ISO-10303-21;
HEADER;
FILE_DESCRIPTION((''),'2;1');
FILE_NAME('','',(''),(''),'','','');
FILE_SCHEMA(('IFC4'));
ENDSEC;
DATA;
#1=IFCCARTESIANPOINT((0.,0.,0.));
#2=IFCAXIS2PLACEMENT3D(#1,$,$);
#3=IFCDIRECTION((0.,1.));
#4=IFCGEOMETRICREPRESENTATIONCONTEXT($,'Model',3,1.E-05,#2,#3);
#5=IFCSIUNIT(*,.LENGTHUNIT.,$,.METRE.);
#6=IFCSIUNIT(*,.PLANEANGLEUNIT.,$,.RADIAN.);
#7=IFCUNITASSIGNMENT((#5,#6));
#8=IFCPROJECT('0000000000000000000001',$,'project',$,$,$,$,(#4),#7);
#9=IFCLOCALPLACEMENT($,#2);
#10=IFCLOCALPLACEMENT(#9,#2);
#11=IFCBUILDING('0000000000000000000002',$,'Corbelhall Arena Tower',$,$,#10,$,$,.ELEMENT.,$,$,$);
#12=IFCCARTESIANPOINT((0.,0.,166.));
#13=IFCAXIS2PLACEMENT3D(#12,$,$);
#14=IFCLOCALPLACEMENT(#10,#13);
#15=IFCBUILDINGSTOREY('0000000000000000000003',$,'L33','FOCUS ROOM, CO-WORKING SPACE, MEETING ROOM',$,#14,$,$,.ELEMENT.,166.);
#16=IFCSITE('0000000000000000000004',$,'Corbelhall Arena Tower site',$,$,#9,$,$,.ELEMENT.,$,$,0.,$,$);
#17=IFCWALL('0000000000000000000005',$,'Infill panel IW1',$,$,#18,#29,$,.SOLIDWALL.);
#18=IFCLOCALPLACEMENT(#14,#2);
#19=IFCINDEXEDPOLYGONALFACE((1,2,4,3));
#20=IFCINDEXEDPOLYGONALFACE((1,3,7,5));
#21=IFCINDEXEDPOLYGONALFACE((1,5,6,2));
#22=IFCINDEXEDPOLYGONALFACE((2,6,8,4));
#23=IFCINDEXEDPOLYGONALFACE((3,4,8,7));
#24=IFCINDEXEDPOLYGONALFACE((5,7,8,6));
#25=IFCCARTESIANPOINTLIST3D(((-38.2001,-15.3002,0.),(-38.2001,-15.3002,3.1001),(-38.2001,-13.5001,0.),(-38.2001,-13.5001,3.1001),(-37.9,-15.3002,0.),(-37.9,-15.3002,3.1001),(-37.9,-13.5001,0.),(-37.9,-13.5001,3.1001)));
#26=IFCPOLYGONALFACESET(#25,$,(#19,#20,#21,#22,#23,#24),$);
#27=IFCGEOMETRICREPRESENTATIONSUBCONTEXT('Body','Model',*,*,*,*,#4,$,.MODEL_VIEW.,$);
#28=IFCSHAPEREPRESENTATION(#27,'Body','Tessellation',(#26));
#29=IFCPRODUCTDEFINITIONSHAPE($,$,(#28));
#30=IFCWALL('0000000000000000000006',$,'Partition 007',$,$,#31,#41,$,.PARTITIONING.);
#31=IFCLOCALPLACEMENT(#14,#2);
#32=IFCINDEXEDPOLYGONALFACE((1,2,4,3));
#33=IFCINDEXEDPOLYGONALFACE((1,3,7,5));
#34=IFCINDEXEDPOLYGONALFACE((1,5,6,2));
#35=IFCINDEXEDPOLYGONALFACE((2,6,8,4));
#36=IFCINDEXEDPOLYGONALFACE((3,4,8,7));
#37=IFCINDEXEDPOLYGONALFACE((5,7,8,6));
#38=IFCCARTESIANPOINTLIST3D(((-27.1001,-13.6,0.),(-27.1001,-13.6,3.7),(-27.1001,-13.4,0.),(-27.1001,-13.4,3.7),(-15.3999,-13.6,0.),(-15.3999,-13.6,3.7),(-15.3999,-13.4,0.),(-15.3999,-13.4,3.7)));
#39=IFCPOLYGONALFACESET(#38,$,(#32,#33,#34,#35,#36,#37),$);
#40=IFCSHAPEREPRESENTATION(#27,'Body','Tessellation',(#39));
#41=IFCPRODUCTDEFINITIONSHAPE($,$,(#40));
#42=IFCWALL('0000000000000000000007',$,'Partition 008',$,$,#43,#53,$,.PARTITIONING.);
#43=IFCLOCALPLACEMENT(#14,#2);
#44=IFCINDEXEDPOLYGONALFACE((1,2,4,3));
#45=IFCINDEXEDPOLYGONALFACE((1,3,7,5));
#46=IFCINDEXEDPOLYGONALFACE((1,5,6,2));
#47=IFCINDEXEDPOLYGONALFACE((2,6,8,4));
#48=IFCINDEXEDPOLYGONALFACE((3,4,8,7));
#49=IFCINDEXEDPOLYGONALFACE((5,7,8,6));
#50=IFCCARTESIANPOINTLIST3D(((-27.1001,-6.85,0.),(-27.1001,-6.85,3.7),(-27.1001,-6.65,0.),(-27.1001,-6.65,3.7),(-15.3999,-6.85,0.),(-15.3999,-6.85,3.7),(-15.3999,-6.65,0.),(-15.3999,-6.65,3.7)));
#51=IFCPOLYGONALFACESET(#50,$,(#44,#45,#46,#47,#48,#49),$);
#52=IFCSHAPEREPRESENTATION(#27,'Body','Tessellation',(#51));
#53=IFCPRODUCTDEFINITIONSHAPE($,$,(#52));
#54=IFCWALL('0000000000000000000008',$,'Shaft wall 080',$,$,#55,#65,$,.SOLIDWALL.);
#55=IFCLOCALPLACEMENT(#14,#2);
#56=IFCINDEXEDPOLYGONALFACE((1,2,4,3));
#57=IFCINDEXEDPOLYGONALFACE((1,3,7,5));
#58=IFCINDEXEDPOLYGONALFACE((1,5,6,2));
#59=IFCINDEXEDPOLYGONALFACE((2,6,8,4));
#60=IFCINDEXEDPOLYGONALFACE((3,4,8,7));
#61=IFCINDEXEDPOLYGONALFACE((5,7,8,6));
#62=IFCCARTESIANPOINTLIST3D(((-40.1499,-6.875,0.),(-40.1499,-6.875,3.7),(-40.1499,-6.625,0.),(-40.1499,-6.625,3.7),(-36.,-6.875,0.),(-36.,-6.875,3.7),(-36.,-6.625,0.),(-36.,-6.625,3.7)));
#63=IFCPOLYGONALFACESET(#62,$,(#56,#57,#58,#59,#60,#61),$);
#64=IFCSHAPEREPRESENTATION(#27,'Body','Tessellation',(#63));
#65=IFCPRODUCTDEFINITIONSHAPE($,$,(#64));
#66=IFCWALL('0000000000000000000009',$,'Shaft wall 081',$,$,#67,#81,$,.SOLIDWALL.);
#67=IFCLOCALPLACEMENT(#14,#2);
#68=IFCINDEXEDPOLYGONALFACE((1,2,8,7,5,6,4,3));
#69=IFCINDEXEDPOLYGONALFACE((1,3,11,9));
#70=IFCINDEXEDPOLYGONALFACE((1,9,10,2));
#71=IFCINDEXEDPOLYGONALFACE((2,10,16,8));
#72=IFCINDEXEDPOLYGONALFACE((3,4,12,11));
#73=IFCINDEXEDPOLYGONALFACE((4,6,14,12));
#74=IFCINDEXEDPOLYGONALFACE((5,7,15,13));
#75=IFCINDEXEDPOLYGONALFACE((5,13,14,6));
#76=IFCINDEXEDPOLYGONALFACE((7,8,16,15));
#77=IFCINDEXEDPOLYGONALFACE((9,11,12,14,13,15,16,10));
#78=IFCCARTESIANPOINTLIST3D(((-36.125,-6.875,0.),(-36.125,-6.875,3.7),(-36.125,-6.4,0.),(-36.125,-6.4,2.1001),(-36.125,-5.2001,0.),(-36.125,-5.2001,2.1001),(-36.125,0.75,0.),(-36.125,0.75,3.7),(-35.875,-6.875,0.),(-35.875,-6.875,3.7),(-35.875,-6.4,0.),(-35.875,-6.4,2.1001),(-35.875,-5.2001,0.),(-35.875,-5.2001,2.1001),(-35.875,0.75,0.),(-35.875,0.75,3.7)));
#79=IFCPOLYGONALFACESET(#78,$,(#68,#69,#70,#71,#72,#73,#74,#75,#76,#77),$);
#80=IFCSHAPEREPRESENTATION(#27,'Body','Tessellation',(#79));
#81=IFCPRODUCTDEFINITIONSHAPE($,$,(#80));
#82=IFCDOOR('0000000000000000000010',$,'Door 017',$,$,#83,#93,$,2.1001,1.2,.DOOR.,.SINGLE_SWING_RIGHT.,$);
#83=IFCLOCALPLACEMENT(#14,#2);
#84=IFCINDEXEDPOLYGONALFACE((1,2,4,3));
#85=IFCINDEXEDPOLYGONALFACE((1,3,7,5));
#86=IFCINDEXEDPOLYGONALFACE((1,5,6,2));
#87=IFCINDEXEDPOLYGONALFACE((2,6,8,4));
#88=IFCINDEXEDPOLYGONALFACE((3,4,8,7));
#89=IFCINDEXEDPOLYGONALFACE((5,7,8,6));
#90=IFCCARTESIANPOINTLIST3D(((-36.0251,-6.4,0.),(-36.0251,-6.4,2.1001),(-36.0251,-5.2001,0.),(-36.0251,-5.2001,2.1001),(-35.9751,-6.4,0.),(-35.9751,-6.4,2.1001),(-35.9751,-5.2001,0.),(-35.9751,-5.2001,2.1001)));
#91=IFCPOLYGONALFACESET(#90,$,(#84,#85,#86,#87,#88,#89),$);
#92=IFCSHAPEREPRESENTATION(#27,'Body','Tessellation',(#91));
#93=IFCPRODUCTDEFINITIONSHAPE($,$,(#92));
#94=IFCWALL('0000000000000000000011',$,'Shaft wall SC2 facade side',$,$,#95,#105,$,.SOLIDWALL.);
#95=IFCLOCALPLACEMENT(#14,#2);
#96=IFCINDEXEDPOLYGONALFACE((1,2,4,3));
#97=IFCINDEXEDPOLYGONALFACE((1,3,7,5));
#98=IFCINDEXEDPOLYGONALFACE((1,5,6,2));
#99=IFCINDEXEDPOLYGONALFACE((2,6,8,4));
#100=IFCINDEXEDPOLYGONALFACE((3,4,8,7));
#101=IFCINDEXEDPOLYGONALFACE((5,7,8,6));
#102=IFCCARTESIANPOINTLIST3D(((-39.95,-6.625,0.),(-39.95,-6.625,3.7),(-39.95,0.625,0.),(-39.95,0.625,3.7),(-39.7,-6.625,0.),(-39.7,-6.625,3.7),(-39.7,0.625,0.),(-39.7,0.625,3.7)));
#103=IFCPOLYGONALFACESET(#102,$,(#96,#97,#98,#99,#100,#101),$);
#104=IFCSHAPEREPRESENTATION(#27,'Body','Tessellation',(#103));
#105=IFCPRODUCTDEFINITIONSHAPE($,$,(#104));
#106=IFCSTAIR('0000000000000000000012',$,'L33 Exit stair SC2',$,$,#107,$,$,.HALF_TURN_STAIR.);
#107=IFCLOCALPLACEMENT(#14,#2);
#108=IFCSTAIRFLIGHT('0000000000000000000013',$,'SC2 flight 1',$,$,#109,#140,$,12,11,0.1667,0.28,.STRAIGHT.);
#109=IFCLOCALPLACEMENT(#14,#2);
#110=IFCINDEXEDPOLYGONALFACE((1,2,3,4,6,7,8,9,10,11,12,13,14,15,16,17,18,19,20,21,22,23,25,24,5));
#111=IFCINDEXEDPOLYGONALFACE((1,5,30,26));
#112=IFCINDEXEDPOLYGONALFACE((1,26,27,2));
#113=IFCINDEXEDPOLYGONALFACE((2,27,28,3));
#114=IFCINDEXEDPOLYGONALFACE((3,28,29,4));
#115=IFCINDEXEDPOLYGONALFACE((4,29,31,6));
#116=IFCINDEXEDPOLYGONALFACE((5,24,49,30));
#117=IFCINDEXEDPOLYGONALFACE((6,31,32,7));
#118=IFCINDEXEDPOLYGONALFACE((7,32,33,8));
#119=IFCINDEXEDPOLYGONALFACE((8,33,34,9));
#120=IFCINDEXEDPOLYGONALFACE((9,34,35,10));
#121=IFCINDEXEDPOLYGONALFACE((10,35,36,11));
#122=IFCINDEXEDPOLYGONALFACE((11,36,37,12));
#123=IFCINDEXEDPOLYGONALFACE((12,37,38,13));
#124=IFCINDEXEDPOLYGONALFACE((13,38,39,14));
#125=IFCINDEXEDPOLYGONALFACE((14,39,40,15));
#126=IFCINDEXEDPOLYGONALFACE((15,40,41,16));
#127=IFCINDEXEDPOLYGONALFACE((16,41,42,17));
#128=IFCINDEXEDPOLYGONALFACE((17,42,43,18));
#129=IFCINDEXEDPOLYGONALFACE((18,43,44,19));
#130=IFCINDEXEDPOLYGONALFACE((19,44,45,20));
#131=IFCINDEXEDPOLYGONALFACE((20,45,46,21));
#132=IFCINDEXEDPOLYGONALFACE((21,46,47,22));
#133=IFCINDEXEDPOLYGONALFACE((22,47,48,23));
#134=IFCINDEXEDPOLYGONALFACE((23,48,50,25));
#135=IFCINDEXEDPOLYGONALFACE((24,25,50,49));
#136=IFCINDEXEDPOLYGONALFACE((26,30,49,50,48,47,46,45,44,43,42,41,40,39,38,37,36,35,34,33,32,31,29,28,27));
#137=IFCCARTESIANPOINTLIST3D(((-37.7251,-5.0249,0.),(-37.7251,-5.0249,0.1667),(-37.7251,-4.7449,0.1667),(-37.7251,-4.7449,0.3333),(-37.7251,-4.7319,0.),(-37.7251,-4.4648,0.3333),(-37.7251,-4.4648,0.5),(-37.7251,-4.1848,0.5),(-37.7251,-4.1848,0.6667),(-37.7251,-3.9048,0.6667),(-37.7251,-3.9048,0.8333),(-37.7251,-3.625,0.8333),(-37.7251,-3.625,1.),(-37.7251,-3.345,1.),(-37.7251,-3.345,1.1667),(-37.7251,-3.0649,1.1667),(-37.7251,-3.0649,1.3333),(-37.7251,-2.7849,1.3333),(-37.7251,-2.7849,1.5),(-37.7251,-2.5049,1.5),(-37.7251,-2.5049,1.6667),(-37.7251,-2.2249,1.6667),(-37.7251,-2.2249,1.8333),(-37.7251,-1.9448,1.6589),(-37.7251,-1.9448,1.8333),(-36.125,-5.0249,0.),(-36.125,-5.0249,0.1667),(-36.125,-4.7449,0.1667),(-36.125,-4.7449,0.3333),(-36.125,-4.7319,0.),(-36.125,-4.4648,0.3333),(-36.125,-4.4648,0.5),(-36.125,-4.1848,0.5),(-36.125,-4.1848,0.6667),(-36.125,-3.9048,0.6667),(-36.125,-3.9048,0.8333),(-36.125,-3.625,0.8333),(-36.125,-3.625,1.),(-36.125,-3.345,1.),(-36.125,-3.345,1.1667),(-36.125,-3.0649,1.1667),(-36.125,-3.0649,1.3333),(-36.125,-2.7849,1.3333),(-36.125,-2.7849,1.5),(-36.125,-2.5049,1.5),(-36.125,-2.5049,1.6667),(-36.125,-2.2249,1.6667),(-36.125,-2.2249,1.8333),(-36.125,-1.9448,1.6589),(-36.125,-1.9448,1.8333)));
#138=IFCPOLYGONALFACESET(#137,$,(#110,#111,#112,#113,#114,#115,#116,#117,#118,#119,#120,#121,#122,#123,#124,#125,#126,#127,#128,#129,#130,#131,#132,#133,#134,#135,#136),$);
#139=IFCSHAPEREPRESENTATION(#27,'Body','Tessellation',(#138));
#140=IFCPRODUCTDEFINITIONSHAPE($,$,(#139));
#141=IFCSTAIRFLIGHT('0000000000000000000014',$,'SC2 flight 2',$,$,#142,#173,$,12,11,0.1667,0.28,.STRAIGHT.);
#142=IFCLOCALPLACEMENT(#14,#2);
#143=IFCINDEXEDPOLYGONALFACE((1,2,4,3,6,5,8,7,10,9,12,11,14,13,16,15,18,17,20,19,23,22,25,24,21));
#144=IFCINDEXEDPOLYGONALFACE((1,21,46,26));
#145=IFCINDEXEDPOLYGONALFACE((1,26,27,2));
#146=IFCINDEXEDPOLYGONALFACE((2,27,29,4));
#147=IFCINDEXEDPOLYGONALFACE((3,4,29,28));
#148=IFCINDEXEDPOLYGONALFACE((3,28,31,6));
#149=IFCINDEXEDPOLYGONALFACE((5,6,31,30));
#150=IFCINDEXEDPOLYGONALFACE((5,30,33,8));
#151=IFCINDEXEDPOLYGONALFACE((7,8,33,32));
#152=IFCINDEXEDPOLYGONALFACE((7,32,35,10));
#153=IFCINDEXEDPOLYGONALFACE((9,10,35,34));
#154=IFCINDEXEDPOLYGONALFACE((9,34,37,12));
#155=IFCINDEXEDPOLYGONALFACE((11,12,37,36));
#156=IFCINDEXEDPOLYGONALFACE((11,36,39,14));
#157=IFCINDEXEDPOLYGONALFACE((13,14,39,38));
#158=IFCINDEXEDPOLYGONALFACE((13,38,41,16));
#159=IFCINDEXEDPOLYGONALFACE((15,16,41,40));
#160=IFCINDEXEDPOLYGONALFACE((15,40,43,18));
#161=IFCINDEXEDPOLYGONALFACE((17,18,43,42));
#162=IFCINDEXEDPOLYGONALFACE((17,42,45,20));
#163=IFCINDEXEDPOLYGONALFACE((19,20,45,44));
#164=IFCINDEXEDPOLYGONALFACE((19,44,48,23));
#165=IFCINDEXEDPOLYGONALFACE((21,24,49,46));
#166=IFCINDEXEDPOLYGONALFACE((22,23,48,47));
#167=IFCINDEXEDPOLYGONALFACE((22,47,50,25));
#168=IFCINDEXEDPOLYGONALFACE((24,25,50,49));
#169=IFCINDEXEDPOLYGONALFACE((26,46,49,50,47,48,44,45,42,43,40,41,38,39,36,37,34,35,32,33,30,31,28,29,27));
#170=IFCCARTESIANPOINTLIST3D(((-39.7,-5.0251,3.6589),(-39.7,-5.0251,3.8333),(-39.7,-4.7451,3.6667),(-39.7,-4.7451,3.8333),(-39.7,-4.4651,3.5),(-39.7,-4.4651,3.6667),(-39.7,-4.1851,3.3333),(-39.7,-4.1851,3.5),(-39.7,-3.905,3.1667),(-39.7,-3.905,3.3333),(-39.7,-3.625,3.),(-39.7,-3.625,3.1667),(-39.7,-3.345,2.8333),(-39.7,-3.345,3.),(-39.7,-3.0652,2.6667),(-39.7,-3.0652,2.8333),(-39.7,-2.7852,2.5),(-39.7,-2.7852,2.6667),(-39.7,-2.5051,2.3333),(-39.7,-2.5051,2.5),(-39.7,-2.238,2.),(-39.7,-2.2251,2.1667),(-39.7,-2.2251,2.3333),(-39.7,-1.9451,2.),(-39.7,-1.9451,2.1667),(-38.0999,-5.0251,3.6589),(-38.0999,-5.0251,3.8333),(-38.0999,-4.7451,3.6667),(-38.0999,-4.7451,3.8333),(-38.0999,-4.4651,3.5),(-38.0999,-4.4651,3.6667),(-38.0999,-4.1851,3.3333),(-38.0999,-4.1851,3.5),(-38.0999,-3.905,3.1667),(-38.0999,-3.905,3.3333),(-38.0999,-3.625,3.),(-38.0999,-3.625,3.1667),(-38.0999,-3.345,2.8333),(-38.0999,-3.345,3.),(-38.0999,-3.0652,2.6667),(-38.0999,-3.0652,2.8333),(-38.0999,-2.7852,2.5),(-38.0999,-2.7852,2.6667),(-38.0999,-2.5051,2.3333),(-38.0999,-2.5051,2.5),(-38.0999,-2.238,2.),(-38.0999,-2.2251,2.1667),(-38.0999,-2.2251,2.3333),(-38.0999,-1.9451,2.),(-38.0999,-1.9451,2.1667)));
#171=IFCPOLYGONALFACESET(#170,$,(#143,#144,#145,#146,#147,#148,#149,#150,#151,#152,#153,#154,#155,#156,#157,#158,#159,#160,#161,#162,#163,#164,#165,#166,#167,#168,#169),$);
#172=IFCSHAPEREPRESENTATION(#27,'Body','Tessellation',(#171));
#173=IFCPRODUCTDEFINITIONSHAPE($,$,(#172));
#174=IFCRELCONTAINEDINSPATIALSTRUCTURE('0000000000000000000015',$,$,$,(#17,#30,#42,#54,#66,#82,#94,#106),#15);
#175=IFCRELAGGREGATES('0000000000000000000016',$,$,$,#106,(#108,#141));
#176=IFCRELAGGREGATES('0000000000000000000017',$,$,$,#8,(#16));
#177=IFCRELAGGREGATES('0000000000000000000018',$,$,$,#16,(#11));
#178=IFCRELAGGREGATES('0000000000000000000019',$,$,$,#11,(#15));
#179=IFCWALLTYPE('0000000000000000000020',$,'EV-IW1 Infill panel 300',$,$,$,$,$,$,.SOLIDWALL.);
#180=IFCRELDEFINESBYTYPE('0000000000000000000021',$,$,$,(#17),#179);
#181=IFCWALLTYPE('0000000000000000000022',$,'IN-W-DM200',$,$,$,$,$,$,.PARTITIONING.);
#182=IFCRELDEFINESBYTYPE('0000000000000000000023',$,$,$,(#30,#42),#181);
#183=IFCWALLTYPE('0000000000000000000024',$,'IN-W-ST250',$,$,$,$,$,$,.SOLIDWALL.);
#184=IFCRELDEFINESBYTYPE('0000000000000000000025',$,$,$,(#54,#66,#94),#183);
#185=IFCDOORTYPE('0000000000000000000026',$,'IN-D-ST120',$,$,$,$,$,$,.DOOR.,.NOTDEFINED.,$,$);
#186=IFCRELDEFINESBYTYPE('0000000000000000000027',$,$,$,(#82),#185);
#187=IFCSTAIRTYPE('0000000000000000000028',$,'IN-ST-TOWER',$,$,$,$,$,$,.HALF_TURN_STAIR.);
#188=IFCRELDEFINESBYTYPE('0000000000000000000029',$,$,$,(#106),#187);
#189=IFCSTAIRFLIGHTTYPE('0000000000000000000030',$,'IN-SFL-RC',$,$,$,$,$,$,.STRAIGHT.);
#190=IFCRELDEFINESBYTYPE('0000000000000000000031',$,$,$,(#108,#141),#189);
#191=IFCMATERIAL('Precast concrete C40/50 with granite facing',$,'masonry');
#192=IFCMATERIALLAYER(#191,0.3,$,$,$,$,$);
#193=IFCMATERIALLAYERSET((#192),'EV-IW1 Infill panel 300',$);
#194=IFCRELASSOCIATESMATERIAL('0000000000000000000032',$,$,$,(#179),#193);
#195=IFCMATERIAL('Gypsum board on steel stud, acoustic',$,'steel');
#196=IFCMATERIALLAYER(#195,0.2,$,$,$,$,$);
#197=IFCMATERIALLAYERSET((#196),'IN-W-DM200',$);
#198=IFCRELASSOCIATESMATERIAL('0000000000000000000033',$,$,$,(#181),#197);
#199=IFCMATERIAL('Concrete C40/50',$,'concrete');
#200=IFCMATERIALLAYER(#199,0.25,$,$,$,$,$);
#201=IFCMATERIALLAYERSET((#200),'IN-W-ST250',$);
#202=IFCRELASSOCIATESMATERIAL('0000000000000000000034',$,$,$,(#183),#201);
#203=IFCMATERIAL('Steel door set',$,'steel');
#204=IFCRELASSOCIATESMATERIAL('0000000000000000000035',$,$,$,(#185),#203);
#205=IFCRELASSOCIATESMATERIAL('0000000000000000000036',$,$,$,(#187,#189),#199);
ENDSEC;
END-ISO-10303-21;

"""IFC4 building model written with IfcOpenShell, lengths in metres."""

from ifc_helpers import new_model, si_unit, direction, frame, frame_2d, origin, place, context, subcontext, project, spatial, polyline, rectangle, outline, extrude, material, layer, layer_set, type_object, element, fill, aggregate, save


model = new_model("IFC4")

# Units and contexts
model_context = context("Model", 3, precision=1e-05, world=origin(), true_north=direction((0.0, 1.0)))
body_context = subcontext(model_context, "Body", "Model", "MODEL_VIEW")
ifc_project = project(units=[si_unit("LENGTHUNIT", "METRE"), si_unit("PLANEANGLEUNIT", "RADIAN")], contexts=[model_context])

# Site, building, storey
site_placement = place(None, origin())
site = spatial("IfcSite", under=ifc_project, at=site_placement, Name="Corbelhall Arena Tower site", CompositionType="ELEMENT", RefElevation=0.0)
building_placement = place(site_placement, origin())
building = spatial("IfcBuilding", under=site, at=building_placement, Name="Corbelhall Arena Tower", CompositionType="ELEMENT")
storey_placement = place(building_placement, frame((0.0, 0.0, 166.0)))
storey = spatial("IfcBuildingStorey", under=building, at=storey_placement, Name="L33", Description="FOCUS ROOM, CO-WORKING SPACE, MEETING ROOM", CompositionType="ELEMENT", Elevation=166.0)

# Wall
ifc_material_1 = material(Name="Precast concrete C40/50 with granite facing", Category="masonry")
ifc_layer_1 = layer(ifc_material_1, 0.3)
ifc_layer_set_1 = layer_set([ifc_layer_1], Name="EV-IW1 Infill panel 300")
wall_type_1 = type_object("IfcWallType", Name="EV-IW1 Infill panel 300", PredefinedType="SOLIDWALL", material=ifc_layer_set_1)
wall_1_placement = place(storey_placement, frame((-38.05, -15.3, 0.0), z_axis=(0.0, 0.0, 1.0), x_axis=(0.0, 1.0, 0.0)))
element("IfcWall", 1, at=wall_1_placement, inside=storey, type_object=wall_type_1, Name="Infill panel IW1", PredefinedType="SOLIDWALL", context=body_context, shape_type="SweptSolid", body=[
    extrude(rectangle(XDim=1.8, YDim=0.3, at=frame_2d((0.8999, 0.0))), origin(), (0.0, 0.0, 1.0), 3.1001),
])

# Shared definitions
ifc_material_2 = material(Name="Gypsum board on steel stud, acoustic", Category="steel")
ifc_layer_2 = layer(ifc_material_2, 0.2)
ifc_layer_set_2 = layer_set([ifc_layer_2], Name="IN-W-DM200")
wall_type_2 = type_object("IfcWallType", Name="IN-W-DM200", PredefinedType="PARTITIONING", material=ifc_layer_set_2)
ifc_material_3 = material(Name="Steel door set", Category="steel")

# Walls
for number, where, z_axis, x_axis, name in (
    (2, (-27.1001, -13.5, 0.0), (0.0, 0.0, 1.0), (1.0, 0.0, 0.0), "Partition 007"),
    (3, (-27.1001, -6.75, 0.0), (0.0, 0.0, 1.0), (1.0, 0.0, 0.0), "Partition 008"),
):
    element("IfcWall", number, at=place(storey_placement, frame(where, z_axis=z_axis, x_axis=x_axis)), inside=storey, type_object=wall_type_2, Name=name, PredefinedType="PARTITIONING", context=body_context, shape_type="SweptSolid", body=[
        extrude(rectangle(XDim=11.7002, YDim=0.2, at=frame_2d((5.8501, 0.0))), origin(), (0.0, 0.0, 1.0), 3.7),
    ])

# Wall
ifc_material_4 = material(Name="Concrete C40/50", Category="concrete")
ifc_layer_3 = layer(ifc_material_4, 0.25)
ifc_layer_set_3 = layer_set([ifc_layer_3], Name="IN-W-ST250")
wall_type_3 = type_object("IfcWallType", Name="IN-W-ST250", PredefinedType="SOLIDWALL", material=ifc_layer_set_3)
wall_2_placement = place(storey_placement, frame((-36.0, -6.75, 0.0), z_axis=(0.0, 0.0, 1.0), x_axis=(-1.0, 0.0, 0.0)))
element("IfcWall", 4, at=wall_2_placement, inside=storey, type_object=wall_type_3, Name="Shaft wall 080", PredefinedType="SOLIDWALL", context=body_context, shape_type="SweptSolid", body=[
    extrude(rectangle(XDim=4.1499, YDim=0.25, at=frame_2d((2.075, 0.0))), origin(), (0.0, 0.0, 1.0), 3.7),
])

# Wall, opening, door
wall_3_placement = place(storey_placement, frame((-36.0, 0.75, 0.0), z_axis=(0.0, 0.0, 1.0), x_axis=(0.0, -1.0, 0.0)))
wall_3 = element("IfcWall", 5, at=wall_3_placement, inside=storey, type_object=wall_type_3, Name="Shaft wall 081", PredefinedType="SOLIDWALL", context=body_context, shape_type="SweptSolid", body=[
    extrude(rectangle(XDim=7.625, YDim=0.25, at=frame_2d((3.8125, 0.0))), origin(), (0.0, 0.0, 1.0), 3.7),
])
opening_1_placement = place(wall_3_placement, frame((5.95, 0.0, 0.0)))
opening_1 = element("IfcOpeningElement", 6, at=opening_1_placement, cuts=wall_3, PredefinedType="OPENING", context=body_context, shape_type="SweptSolid", body=[
    extrude(rectangle(XDim=1.2, YDim=2.1001, at=frame_2d((0.6001, 1.05))), frame((0.0, 0.125, 0.0), z_axis=(0.0, -1.0, 0.0), x_axis=(1.0, 0.0, 0.0)), (0.0, 0.0, 1.0), 0.25),
])
door_type_1 = type_object("IfcDoorType", Name="IN-D-ST120", OperationType="NOTDEFINED", PredefinedType="DOOR", material=ifc_material_3)
door_1_placement = place(opening_1_placement, origin())
door_1 = element("IfcDoor", 7, at=door_1_placement, inside=storey, type_object=door_type_1, Name="Door 017", OperationType="SINGLE_SWING_RIGHT", OverallHeight=2.1001, OverallWidth=1.2, PredefinedType="DOOR", context=body_context, shape_type="SweptSolid", body=[
    extrude(rectangle(XDim=1.2, YDim=2.1001, at=frame_2d((0.6001, 1.05))), frame((0.0, 0.0249, 0.0), z_axis=(0.0, -1.0, 0.0), x_axis=(1.0, 0.0, 0.0)), (0.0, 0.0, 1.0), 0.05),
])
fill(opening_1, door_1)

# Wall
wall_4_placement = place(storey_placement, frame((-39.825, -6.625, 0.0), z_axis=(0.0, 0.0, 1.0), x_axis=(0.0, 1.0, 0.0)))
element("IfcWall", 8, at=wall_4_placement, inside=storey, type_object=wall_type_3, Name="Shaft wall SC2 facade side", PredefinedType="SOLIDWALL", context=body_context, shape_type="SweptSolid", body=[
    extrude(rectangle(XDim=7.25, YDim=0.25, at=frame_2d((3.625, 0.0))), origin(), (0.0, 0.0, 1.0), 3.7),
])

# Stair, stair flights
stair_type = type_object("IfcStairType", Name="IN-ST-TOWER", PredefinedType="HALF_TURN_STAIR", material=ifc_material_4)
stair_placement = place(storey_placement, origin())
stair = element("IfcStair", 9, at=stair_placement, inside=storey, type_object=stair_type, Name="L33 Exit stair SC2", PredefinedType="HALF_TURN_STAIR")
stair_flight_type = type_object("IfcStairFlightType", Name="IN-SFL-RC", PredefinedType="STRAIGHT", material=ifc_material_4)
stair_flight_1_placement = place(storey_placement, frame((-36.925, -5.0249, 0.0), z_axis=(0.0, 0.0, 1.0), x_axis=(0.0, 1.0, 0.0)))
stair_flight_1 = element("IfcStairFlight", 10, at=stair_flight_1_placement, type_object=stair_flight_type, Name="SC2 flight 1", NumberOfRisers=12, NumberOfTreads=11, PredefinedType="STRAIGHT", RiserHeight=0.1667, TreadLength=0.28, context=body_context, shape_type="SweptSolid", body=[
    extrude(outline(polyline([(0.0, 0.0), (0.0, 0.1667), (0.28, 0.1667), (0.28, 0.3333), (0.5601, 0.3333), (0.5601, 0.5), (0.8401, 0.5), (0.8401, 0.6667), (1.1201, 0.6667), (1.1201, 0.8333), (1.3999, 0.8333), (1.3999, 1.0), (1.6799, 1.0), (1.6799, 1.1667), (1.96, 1.1667), (1.96, 1.3333), (2.24, 1.3333), (2.24, 1.5), (2.52, 1.5), (2.52, 1.6667), (2.8, 1.6667), (2.8, 1.8333), (3.0801, 1.8333), (3.0801, 2.0), (3.0801, 1.6589), (0.293, 0.0), (0.0, 0.0)])), frame((0.0, 0.8, 0.0), z_axis=(0.0, -1.0, 0.0), x_axis=(1.0, 0.0, 0.0)), (0.0, 0.0, 1.0), 1.6001),
])
stair_flight_2_placement = place(storey_placement, frame((-38.8999, -1.9451, 2.0), z_axis=(0.0, 0.0, 1.0), x_axis=(0.0, -1.0, 0.0)))
stair_flight_2 = element("IfcStairFlight", 11, at=stair_flight_2_placement, type_object=stair_flight_type, Name="SC2 flight 2", NumberOfRisers=12, NumberOfTreads=11, PredefinedType="STRAIGHT", RiserHeight=0.1667, TreadLength=0.28, context=body_context, shape_type="SweptSolid", body=[
    extrude(outline(polyline([(0.0, 0.0), (0.0, 0.1667), (0.28, 0.1667), (0.28, 0.3333), (0.5601, 0.3333), (0.5601, 0.5), (0.8401, 0.5), (0.8401, 0.6667), (1.1201, 0.6667), (1.1201, 0.8333), (1.3999, 0.8333), (1.3999, 1.0), (1.6799, 1.0), (1.6799, 1.1667), (1.96, 1.1667), (1.96, 1.3333), (2.24, 1.3333), (2.24, 1.5), (2.52, 1.5), (2.52, 1.6667), (2.8, 1.6667), (2.8, 1.8333), (3.0801, 1.8333), (3.0801, 2.0), (3.0801, 1.6589), (0.293, 0.0), (0.0, 0.0)])), frame((0.0, 0.8, 0.0), z_axis=(0.0, -1.0, 0.0), x_axis=(1.0, 0.0, 0.0)), (0.0, 0.0, 1.0), 1.6001),
])
aggregate(stair, [stair_flight_1, stair_flight_2])

save(model, "model.ifc")
